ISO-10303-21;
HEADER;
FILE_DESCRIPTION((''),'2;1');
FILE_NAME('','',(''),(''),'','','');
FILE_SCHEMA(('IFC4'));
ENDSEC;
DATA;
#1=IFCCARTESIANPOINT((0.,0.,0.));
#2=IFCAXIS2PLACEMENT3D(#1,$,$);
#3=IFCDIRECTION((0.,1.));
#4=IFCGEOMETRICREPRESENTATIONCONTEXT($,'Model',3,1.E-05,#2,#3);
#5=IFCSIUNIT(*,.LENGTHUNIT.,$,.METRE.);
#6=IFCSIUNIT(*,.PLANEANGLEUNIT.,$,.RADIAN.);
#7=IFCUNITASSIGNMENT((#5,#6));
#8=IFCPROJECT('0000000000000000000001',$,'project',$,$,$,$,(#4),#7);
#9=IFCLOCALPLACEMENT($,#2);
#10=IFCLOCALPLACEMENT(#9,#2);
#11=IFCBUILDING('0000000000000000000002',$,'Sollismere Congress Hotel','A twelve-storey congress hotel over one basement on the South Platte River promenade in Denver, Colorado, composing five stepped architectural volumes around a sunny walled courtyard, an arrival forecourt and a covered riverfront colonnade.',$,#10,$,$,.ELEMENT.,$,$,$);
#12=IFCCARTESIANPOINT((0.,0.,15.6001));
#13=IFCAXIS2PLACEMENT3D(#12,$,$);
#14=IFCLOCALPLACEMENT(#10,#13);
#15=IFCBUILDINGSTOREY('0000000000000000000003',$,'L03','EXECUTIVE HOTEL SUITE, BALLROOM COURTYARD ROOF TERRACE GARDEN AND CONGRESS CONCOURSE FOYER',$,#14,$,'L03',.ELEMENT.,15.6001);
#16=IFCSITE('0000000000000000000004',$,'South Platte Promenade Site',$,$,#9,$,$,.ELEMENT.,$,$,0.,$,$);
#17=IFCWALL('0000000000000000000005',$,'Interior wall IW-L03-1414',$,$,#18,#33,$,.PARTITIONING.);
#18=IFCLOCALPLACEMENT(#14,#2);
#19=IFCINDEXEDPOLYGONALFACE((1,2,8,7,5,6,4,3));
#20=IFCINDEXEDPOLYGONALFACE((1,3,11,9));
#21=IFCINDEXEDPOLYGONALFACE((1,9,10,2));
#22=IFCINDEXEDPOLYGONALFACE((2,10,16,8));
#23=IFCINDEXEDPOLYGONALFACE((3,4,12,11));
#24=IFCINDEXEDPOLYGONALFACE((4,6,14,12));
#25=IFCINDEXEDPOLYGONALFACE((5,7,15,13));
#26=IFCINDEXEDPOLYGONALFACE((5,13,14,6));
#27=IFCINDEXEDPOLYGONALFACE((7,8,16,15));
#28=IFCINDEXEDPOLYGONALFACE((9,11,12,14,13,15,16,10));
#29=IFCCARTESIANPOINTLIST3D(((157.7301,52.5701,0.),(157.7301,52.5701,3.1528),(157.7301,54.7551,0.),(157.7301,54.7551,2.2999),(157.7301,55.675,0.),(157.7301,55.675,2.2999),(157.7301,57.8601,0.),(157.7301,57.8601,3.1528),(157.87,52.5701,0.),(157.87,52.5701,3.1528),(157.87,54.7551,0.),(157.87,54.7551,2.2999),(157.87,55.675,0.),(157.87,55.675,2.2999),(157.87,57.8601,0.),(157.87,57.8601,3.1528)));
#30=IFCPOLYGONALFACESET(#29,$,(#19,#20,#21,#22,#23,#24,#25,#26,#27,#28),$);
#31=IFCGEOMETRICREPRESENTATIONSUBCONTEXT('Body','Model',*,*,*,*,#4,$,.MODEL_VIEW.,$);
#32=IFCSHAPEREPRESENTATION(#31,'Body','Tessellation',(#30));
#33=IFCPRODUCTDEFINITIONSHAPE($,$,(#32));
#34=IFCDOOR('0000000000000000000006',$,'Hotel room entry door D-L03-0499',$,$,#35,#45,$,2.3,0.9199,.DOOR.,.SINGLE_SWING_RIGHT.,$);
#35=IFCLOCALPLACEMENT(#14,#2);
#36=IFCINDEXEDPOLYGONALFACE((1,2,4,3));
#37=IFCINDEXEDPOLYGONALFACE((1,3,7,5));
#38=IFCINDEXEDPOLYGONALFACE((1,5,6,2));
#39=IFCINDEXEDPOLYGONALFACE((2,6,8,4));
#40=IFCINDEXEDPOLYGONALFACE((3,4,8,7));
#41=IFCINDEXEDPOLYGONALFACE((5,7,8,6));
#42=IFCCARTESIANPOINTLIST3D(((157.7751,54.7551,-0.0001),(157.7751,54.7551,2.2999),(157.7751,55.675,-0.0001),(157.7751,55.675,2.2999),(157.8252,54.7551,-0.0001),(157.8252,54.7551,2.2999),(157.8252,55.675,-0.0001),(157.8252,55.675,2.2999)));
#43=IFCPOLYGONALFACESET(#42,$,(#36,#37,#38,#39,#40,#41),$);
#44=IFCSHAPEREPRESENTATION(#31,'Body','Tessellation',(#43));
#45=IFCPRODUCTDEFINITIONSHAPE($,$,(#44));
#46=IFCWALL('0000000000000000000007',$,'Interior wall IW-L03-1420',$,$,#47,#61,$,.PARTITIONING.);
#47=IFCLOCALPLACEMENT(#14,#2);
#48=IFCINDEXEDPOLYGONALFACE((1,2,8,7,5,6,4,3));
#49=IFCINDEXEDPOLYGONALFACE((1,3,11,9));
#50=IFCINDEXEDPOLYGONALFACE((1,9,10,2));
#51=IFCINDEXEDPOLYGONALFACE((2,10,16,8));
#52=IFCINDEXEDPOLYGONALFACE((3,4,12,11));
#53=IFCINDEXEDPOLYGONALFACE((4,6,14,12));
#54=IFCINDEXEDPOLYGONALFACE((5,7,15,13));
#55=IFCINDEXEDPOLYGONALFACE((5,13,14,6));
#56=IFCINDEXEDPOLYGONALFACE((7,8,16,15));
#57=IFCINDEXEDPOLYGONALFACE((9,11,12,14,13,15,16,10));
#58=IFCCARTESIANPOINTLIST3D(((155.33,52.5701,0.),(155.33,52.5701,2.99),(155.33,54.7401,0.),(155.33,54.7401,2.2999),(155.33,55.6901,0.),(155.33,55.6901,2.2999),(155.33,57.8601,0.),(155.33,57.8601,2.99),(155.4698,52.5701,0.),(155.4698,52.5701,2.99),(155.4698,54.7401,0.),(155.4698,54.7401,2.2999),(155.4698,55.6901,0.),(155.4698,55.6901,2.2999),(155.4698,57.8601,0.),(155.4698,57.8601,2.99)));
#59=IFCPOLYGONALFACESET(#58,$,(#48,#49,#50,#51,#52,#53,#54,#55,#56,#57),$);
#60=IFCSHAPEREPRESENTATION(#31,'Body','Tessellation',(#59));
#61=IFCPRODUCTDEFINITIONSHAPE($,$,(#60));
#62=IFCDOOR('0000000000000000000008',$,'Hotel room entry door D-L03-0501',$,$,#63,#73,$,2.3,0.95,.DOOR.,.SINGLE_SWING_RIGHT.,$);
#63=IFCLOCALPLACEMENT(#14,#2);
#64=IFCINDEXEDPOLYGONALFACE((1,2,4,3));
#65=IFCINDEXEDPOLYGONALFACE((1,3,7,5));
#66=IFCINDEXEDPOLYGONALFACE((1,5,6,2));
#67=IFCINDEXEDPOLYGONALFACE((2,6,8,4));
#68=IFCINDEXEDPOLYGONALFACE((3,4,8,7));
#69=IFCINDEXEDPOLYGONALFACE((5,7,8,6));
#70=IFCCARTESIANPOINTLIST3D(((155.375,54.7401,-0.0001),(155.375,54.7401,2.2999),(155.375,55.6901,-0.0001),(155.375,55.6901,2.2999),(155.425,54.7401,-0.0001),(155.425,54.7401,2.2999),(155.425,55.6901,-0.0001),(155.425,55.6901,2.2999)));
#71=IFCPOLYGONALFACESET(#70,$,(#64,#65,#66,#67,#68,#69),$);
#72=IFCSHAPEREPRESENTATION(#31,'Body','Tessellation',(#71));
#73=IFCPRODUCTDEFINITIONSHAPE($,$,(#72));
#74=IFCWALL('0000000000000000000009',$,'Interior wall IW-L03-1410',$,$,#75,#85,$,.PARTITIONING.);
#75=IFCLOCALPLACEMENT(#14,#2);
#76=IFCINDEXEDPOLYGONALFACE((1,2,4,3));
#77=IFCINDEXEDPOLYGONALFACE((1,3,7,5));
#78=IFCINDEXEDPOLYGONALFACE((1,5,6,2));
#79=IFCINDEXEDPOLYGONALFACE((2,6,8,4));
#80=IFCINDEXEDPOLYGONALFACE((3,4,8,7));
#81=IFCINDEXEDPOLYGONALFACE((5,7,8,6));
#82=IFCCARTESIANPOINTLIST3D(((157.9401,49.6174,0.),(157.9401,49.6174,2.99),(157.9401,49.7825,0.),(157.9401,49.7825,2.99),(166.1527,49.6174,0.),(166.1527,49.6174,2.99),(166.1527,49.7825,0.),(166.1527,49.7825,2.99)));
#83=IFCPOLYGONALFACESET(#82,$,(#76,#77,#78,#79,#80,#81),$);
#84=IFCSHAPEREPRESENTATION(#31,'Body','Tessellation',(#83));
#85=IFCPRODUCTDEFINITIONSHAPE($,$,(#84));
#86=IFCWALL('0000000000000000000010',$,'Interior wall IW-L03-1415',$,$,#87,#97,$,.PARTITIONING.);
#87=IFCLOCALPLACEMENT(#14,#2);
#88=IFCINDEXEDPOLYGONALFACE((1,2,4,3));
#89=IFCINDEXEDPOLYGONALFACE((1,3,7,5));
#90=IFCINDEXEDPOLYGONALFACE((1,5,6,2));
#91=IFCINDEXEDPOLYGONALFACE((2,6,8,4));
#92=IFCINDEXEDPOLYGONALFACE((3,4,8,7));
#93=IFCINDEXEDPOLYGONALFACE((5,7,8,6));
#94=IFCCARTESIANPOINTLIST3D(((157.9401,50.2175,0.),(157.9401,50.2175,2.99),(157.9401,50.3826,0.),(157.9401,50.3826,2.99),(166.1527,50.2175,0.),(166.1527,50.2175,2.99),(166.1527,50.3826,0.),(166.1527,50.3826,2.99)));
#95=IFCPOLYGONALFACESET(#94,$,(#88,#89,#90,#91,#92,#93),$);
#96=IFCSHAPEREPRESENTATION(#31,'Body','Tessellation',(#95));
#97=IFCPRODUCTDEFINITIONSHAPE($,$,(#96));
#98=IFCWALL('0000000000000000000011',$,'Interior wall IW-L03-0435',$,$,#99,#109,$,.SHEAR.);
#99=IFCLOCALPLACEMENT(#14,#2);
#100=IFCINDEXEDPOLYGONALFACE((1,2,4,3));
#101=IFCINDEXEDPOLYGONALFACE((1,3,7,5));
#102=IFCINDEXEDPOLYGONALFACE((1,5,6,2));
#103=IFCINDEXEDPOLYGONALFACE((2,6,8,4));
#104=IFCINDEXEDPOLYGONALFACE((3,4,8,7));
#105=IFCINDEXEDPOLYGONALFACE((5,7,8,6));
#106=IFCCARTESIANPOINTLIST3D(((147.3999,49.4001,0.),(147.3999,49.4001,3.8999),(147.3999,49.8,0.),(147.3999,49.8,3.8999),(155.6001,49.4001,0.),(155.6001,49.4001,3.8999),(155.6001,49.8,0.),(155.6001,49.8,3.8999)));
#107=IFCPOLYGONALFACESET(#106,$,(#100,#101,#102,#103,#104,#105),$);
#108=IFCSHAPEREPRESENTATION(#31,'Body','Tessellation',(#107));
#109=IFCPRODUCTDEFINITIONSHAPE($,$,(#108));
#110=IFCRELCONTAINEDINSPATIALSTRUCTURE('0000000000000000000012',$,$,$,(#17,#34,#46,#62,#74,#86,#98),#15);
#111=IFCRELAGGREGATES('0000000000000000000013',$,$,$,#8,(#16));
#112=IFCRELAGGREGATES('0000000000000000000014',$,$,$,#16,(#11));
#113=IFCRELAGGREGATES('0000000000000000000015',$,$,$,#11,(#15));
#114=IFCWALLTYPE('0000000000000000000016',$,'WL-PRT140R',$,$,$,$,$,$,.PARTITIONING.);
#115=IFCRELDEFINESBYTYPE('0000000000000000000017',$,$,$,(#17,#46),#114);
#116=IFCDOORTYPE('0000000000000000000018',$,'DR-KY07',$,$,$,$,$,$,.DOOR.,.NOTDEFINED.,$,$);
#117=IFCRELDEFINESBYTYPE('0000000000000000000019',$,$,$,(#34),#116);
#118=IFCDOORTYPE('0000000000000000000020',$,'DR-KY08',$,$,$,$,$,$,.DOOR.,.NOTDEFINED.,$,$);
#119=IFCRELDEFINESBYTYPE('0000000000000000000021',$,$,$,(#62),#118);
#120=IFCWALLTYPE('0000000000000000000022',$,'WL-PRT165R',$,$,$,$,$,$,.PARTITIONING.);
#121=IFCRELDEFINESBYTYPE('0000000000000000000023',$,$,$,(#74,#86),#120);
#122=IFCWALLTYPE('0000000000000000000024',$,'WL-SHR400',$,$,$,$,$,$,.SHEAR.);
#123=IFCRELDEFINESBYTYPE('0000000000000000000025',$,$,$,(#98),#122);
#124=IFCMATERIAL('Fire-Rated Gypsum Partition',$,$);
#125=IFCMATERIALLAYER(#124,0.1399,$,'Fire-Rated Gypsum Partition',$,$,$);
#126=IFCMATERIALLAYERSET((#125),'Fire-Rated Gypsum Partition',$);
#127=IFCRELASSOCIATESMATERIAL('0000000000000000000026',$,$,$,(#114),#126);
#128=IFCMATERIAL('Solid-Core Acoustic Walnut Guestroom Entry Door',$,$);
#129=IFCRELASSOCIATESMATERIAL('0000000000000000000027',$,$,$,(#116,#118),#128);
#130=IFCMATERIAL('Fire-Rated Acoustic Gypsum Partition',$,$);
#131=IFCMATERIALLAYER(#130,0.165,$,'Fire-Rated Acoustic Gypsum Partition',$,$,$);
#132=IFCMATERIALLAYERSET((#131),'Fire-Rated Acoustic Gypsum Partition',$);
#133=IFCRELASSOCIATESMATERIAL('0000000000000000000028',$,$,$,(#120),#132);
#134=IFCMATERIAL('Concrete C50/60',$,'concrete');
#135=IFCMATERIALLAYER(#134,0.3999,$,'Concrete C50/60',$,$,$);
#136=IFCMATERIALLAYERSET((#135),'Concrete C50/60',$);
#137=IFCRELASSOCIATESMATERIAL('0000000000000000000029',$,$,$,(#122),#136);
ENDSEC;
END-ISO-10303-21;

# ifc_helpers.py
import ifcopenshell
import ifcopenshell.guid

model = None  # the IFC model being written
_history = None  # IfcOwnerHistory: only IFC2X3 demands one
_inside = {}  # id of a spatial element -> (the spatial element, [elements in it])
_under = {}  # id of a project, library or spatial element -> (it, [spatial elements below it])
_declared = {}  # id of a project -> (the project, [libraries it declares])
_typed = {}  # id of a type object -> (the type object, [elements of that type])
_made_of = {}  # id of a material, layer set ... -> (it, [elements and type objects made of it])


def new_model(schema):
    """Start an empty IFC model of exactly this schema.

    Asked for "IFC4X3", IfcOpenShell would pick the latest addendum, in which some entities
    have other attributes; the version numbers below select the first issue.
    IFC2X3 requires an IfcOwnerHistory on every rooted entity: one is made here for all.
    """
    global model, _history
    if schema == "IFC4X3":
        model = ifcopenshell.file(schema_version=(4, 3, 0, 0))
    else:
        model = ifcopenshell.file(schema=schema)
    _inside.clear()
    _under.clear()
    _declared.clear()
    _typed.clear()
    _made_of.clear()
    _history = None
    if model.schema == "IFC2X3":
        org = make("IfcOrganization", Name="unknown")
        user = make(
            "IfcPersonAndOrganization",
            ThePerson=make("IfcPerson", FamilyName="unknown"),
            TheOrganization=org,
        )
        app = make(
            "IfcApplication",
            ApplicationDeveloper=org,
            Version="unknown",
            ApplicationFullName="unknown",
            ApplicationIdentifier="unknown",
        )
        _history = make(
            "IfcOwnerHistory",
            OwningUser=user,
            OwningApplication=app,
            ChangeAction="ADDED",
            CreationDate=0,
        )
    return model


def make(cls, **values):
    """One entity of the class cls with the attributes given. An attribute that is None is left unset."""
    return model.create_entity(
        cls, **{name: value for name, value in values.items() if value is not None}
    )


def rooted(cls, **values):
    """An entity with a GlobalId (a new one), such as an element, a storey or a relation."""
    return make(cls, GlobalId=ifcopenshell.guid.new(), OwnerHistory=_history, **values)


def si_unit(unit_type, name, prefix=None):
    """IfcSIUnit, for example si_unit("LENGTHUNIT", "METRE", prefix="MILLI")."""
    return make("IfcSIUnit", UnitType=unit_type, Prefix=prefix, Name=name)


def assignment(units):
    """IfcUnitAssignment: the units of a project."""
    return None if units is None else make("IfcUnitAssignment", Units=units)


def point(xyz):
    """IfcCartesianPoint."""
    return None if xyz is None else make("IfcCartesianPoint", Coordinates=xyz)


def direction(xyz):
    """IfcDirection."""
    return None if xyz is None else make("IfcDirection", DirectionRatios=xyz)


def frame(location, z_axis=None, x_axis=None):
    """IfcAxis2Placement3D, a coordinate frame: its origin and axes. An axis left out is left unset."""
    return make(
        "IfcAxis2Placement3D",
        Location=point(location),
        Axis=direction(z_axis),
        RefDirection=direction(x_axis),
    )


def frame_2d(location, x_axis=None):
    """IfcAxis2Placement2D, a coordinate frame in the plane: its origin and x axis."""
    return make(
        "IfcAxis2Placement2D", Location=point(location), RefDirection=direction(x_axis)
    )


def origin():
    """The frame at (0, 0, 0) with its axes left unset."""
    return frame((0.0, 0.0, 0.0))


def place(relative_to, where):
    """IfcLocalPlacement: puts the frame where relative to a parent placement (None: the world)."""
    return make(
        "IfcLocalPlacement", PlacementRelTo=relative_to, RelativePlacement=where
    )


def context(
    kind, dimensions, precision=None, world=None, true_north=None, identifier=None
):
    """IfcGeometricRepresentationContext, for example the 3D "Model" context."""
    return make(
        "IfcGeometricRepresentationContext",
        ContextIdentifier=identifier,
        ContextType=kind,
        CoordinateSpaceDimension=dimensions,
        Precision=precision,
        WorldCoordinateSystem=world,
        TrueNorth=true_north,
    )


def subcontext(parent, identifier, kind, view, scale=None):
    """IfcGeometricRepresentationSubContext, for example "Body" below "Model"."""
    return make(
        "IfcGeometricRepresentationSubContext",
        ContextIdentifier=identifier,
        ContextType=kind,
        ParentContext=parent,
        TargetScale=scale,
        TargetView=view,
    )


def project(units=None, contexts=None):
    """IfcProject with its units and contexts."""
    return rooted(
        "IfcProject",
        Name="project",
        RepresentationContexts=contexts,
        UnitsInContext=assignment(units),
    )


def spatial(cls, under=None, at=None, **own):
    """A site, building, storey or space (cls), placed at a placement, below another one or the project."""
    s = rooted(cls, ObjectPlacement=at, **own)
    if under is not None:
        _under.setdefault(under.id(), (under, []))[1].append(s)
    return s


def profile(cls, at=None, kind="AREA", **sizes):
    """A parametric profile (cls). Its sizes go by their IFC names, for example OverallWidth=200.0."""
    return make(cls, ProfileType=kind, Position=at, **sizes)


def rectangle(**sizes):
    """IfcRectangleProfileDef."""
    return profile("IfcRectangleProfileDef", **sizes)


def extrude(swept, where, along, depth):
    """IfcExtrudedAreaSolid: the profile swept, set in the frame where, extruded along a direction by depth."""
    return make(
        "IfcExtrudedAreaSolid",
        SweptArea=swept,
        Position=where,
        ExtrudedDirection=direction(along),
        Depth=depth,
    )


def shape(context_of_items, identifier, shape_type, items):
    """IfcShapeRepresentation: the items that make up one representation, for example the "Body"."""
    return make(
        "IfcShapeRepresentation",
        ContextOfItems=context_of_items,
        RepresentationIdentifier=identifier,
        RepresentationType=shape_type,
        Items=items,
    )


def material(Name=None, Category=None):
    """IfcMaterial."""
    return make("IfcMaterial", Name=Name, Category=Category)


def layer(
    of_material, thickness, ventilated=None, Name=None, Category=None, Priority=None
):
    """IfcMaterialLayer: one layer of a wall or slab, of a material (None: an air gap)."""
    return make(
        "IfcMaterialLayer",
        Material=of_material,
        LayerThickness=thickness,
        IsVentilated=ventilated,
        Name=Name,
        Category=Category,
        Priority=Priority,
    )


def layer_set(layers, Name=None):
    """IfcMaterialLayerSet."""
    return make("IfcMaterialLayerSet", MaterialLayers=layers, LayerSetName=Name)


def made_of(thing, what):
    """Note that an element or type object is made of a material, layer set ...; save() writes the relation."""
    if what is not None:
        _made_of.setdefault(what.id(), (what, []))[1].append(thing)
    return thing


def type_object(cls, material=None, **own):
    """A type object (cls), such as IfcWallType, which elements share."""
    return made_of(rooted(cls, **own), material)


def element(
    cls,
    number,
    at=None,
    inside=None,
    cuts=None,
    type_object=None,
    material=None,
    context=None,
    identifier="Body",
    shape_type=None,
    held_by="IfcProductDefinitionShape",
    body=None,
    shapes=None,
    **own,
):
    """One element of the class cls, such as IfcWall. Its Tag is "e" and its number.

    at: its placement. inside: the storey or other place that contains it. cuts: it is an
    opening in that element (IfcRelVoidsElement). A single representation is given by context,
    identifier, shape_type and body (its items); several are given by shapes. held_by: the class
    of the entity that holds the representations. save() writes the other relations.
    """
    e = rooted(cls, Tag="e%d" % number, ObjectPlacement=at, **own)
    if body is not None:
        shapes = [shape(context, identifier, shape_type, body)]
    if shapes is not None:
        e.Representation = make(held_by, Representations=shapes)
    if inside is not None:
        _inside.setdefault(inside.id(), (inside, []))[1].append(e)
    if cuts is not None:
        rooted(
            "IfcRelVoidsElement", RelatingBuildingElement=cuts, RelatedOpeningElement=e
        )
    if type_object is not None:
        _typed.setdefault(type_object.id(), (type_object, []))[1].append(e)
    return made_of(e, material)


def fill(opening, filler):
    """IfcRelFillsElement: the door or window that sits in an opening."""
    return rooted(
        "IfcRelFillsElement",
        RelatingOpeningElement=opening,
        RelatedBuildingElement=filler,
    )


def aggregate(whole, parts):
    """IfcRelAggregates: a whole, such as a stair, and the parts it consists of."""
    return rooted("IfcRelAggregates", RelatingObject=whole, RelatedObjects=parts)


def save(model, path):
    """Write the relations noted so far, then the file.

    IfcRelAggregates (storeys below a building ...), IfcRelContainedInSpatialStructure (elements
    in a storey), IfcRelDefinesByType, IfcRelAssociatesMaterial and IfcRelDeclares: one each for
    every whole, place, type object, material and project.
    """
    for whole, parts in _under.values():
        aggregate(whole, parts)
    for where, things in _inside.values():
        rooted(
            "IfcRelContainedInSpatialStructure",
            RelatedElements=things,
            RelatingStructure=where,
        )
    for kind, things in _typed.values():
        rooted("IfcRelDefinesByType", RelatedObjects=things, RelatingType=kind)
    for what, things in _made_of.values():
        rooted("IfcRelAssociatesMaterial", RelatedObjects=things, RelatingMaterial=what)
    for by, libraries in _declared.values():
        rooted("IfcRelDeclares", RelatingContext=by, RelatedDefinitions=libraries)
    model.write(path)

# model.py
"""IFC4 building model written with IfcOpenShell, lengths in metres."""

from ifc_helpers import new_model, si_unit, direction, frame, frame_2d, origin, place, context, subcontext, project, spatial, rectangle, extrude, material, layer, layer_set, type_object, element, fill, save


model = new_model("IFC4")

# Units and contexts
model_context = context("Model", 3, precision=1e-05, world=origin(), true_north=direction((0.0, 1.0)))
body_context = subcontext(model_context, "Body", "Model", "MODEL_VIEW")
ifc_project = project(units=[si_unit("LENGTHUNIT", "METRE"), si_unit("PLANEANGLEUNIT", "RADIAN")], contexts=[model_context])

# Site, building, storey
site_placement = place(None, origin())
site = spatial("IfcSite", under=ifc_project, at=site_placement, Name="South Platte Promenade Site", CompositionType="ELEMENT", RefElevation=0.0)
building_placement = place(site_placement, origin())
building = spatial("IfcBuilding", under=site, at=building_placement, Name="Sollismere Congress Hotel", Description="A twelve-storey congress hotel over one basement on the South Platte River promenade in Denver, Colorado, composing five stepped architectural volumes around a sunny walled courtyard, an arrival forecourt and a covered riverfront colonnade.", CompositionType="ELEMENT")
storey_placement = place(building_placement, frame((0.0, 0.0, 15.6001)))
storey = spatial("IfcBuildingStorey", under=building, at=storey_placement, Name="L03", Description="EXECUTIVE HOTEL SUITE, BALLROOM COURTYARD ROOF TERRACE GARDEN AND CONGRESS CONCOURSE FOYER", LongName="L03", CompositionType="ELEMENT", Elevation=15.6001)

# Shared definitions
ifc_material_1 = material(Name="Fire-Rated Gypsum Partition")
ifc_layer_1 = layer(ifc_material_1, 0.1399, Name="Fire-Rated Gypsum Partition")
ifc_layer_set_1 = layer_set([ifc_layer_1], Name="Fire-Rated Gypsum Partition")
wall_type_1 = type_object("IfcWallType", Name="WL-PRT140R", PredefinedType="PARTITIONING", material=ifc_layer_set_1)
ifc_material_2 = material(Name="Solid-Core Acoustic Walnut Guestroom Entry Door")

# Walls, openings, doors
wall_1_placement = place(storey_placement, frame((157.8, 52.5701, 0.0), z_axis=(0.0, 0.0, 1.0), x_axis=(0.0, 1.0, 0.0)))
wall_1 = element("IfcWall", 1, at=wall_1_placement, inside=storey, type_object=wall_type_1, Name="Interior wall IW-L03-1414", PredefinedType="PARTITIONING", context=body_context, shape_type="SweptSolid", body=[
    extrude(rectangle(XDim=5.29, YDim=0.1399, at=frame_2d((2.645, 0.0))), origin(), (0.0, 0.0, 1.0), 3.1528),
])
opening_1_placement = place(wall_1_placement, frame((2.1851, 0.0, 0.0)))
opening_1 = element("IfcOpeningElement", 2, at=opening_1_placement, cuts=wall_1, PredefinedType="OPENING", context=body_context, shape_type="SweptSolid", body=[
    extrude(rectangle(XDim=0.9199, YDim=2.3, at=frame_2d((0.46, 1.1499))), frame((0.0, 0.0798, 0.0), z_axis=(0.0, -1.0, 0.0), x_axis=(1.0, 0.0, 0.0)), (0.0, 0.0, 1.0), 0.1599),
])
door_type_1 = type_object("IfcDoorType", Name="DR-KY07", OperationType="NOTDEFINED", PredefinedType="DOOR", material=ifc_material_2)
door_1_placement = place(opening_1_placement, origin())
door_1 = element("IfcDoor", 3, at=door_1_placement, inside=storey, type_object=door_type_1, Name="Hotel room entry door D-L03-0499", OperationType="SINGLE_SWING_RIGHT", OverallHeight=2.3, OverallWidth=0.9199, PredefinedType="DOOR", context=body_context, shape_type="SweptSolid", body=[
    extrude(rectangle(XDim=0.9199, YDim=2.3, at=frame_2d((0.46, 1.1499))), frame((0.0, 0.0249, 0.0), z_axis=(0.0, -1.0, 0.0), x_axis=(1.0, 0.0, 0.0)), (0.0, 0.0, 1.0), 0.05),
])
fill(opening_1, door_1)
wall_2_placement = place(storey_placement, frame((155.3999, 52.5701, 0.0), z_axis=(0.0, 0.0, 1.0), x_axis=(0.0, 1.0, 0.0)))
wall_2 = element("IfcWall", 4, at=wall_2_placement, inside=storey, type_object=wall_type_1, Name="Interior wall IW-L03-1420", PredefinedType="PARTITIONING", context=body_context, shape_type="SweptSolid", body=[
    extrude(rectangle(XDim=5.29, YDim=0.1399, at=frame_2d((2.645, 0.0))), origin(), (0.0, 0.0, 1.0), 2.99),
])
opening_2_placement = place(wall_2_placement, frame((2.1699, 0.0, 0.0)))
opening_2 = element("IfcOpeningElement", 5, at=opening_2_placement, cuts=wall_2, PredefinedType="OPENING", context=body_context, shape_type="SweptSolid", body=[
    extrude(rectangle(XDim=0.95, YDim=2.3, at=frame_2d((0.4751, 1.1499))), frame((0.0, 0.0798, 0.0), z_axis=(0.0, -1.0, 0.0), x_axis=(1.0, 0.0, 0.0)), (0.0, 0.0, 1.0), 0.1599),
])
door_type_2 = type_object("IfcDoorType", Name="DR-KY08", OperationType="NOTDEFINED", PredefinedType="DOOR", material=ifc_material_2)
door_2_placement = place(opening_2_placement, origin())
door_2 = element("IfcDoor", 6, at=door_2_placement, inside=storey, type_object=door_type_2, Name="Hotel room entry door D-L03-0501", OperationType="SINGLE_SWING_RIGHT", OverallHeight=2.3, OverallWidth=0.95, PredefinedType="DOOR", context=body_context, shape_type="SweptSolid", body=[
    extrude(rectangle(XDim=0.95, YDim=2.3, at=frame_2d((0.4751, 1.1499))), frame((0.0, 0.0249, 0.0), z_axis=(0.0, -1.0, 0.0), x_axis=(1.0, 0.0, 0.0)), (0.0, 0.0, 1.0), 0.05),
])
fill(opening_2, door_2)

# Walls
ifc_material_3 = material(Name="Fire-Rated Acoustic Gypsum Partition")
ifc_layer_2 = layer(ifc_material_3, 0.165, Name="Fire-Rated Acoustic Gypsum Partition")
ifc_layer_set_2 = layer_set([ifc_layer_2], Name="Fire-Rated Acoustic Gypsum Partition")
wall_type_2 = type_object("IfcWallType", Name="WL-PRT165R", PredefinedType="PARTITIONING", material=ifc_layer_set_2)
for number, where, z_axis, x_axis, name in (
    (7, (157.9399, 49.7, 0.0), (0.0, 0.0, 1.0), (1.0, 0.0, 0.0), "Interior wall IW-L03-1410"),
    (8, (157.9399, 50.3, 0.0), (0.0, 0.0, 1.0), (1.0, 0.0, 0.0), "Interior wall IW-L03-1415"),
):
    element("IfcWall", number, at=place(storey_placement, frame(where, z_axis=z_axis, x_axis=x_axis)), inside=storey, type_object=wall_type_2, Name=name, PredefinedType="PARTITIONING", context=body_context, shape_type="SweptSolid", body=[
        extrude(rectangle(XDim=8.2126, YDim=0.165, at=frame_2d((4.1064, 0.0))), origin(), (0.0, 0.0, 1.0), 2.99),
    ])
ifc_material_4 = material(Name="Concrete C50/60", Category="concrete")
ifc_layer_3 = layer(ifc_material_4, 0.3999, Name="Concrete C50/60")
ifc_layer_set_3 = layer_set([ifc_layer_3], Name="Concrete C50/60")
wall_type_3 = type_object("IfcWallType", Name="WL-SHR400", PredefinedType="SHEAR", material=ifc_layer_set_3)
wall_3_placement = place(storey_placement, frame((155.6001, 49.6001, 0.0), z_axis=(0.0, 0.0, 1.0), x_axis=(-1.0, 0.0, 0.0)))
element("IfcWall", 9, at=wall_3_placement, inside=storey, type_object=wall_type_3, Name="Interior wall IW-L03-0435", PredefinedType="SHEAR", context=body_context, shape_type="SweptSolid", body=[
    extrude(rectangle(XDim=8.2002, YDim=0.3999, at=frame_2d((4.1001, 0.0))), origin(), (0.0, 0.0, 1.0), 3.8999),
])

save(model, "model.ifc")
